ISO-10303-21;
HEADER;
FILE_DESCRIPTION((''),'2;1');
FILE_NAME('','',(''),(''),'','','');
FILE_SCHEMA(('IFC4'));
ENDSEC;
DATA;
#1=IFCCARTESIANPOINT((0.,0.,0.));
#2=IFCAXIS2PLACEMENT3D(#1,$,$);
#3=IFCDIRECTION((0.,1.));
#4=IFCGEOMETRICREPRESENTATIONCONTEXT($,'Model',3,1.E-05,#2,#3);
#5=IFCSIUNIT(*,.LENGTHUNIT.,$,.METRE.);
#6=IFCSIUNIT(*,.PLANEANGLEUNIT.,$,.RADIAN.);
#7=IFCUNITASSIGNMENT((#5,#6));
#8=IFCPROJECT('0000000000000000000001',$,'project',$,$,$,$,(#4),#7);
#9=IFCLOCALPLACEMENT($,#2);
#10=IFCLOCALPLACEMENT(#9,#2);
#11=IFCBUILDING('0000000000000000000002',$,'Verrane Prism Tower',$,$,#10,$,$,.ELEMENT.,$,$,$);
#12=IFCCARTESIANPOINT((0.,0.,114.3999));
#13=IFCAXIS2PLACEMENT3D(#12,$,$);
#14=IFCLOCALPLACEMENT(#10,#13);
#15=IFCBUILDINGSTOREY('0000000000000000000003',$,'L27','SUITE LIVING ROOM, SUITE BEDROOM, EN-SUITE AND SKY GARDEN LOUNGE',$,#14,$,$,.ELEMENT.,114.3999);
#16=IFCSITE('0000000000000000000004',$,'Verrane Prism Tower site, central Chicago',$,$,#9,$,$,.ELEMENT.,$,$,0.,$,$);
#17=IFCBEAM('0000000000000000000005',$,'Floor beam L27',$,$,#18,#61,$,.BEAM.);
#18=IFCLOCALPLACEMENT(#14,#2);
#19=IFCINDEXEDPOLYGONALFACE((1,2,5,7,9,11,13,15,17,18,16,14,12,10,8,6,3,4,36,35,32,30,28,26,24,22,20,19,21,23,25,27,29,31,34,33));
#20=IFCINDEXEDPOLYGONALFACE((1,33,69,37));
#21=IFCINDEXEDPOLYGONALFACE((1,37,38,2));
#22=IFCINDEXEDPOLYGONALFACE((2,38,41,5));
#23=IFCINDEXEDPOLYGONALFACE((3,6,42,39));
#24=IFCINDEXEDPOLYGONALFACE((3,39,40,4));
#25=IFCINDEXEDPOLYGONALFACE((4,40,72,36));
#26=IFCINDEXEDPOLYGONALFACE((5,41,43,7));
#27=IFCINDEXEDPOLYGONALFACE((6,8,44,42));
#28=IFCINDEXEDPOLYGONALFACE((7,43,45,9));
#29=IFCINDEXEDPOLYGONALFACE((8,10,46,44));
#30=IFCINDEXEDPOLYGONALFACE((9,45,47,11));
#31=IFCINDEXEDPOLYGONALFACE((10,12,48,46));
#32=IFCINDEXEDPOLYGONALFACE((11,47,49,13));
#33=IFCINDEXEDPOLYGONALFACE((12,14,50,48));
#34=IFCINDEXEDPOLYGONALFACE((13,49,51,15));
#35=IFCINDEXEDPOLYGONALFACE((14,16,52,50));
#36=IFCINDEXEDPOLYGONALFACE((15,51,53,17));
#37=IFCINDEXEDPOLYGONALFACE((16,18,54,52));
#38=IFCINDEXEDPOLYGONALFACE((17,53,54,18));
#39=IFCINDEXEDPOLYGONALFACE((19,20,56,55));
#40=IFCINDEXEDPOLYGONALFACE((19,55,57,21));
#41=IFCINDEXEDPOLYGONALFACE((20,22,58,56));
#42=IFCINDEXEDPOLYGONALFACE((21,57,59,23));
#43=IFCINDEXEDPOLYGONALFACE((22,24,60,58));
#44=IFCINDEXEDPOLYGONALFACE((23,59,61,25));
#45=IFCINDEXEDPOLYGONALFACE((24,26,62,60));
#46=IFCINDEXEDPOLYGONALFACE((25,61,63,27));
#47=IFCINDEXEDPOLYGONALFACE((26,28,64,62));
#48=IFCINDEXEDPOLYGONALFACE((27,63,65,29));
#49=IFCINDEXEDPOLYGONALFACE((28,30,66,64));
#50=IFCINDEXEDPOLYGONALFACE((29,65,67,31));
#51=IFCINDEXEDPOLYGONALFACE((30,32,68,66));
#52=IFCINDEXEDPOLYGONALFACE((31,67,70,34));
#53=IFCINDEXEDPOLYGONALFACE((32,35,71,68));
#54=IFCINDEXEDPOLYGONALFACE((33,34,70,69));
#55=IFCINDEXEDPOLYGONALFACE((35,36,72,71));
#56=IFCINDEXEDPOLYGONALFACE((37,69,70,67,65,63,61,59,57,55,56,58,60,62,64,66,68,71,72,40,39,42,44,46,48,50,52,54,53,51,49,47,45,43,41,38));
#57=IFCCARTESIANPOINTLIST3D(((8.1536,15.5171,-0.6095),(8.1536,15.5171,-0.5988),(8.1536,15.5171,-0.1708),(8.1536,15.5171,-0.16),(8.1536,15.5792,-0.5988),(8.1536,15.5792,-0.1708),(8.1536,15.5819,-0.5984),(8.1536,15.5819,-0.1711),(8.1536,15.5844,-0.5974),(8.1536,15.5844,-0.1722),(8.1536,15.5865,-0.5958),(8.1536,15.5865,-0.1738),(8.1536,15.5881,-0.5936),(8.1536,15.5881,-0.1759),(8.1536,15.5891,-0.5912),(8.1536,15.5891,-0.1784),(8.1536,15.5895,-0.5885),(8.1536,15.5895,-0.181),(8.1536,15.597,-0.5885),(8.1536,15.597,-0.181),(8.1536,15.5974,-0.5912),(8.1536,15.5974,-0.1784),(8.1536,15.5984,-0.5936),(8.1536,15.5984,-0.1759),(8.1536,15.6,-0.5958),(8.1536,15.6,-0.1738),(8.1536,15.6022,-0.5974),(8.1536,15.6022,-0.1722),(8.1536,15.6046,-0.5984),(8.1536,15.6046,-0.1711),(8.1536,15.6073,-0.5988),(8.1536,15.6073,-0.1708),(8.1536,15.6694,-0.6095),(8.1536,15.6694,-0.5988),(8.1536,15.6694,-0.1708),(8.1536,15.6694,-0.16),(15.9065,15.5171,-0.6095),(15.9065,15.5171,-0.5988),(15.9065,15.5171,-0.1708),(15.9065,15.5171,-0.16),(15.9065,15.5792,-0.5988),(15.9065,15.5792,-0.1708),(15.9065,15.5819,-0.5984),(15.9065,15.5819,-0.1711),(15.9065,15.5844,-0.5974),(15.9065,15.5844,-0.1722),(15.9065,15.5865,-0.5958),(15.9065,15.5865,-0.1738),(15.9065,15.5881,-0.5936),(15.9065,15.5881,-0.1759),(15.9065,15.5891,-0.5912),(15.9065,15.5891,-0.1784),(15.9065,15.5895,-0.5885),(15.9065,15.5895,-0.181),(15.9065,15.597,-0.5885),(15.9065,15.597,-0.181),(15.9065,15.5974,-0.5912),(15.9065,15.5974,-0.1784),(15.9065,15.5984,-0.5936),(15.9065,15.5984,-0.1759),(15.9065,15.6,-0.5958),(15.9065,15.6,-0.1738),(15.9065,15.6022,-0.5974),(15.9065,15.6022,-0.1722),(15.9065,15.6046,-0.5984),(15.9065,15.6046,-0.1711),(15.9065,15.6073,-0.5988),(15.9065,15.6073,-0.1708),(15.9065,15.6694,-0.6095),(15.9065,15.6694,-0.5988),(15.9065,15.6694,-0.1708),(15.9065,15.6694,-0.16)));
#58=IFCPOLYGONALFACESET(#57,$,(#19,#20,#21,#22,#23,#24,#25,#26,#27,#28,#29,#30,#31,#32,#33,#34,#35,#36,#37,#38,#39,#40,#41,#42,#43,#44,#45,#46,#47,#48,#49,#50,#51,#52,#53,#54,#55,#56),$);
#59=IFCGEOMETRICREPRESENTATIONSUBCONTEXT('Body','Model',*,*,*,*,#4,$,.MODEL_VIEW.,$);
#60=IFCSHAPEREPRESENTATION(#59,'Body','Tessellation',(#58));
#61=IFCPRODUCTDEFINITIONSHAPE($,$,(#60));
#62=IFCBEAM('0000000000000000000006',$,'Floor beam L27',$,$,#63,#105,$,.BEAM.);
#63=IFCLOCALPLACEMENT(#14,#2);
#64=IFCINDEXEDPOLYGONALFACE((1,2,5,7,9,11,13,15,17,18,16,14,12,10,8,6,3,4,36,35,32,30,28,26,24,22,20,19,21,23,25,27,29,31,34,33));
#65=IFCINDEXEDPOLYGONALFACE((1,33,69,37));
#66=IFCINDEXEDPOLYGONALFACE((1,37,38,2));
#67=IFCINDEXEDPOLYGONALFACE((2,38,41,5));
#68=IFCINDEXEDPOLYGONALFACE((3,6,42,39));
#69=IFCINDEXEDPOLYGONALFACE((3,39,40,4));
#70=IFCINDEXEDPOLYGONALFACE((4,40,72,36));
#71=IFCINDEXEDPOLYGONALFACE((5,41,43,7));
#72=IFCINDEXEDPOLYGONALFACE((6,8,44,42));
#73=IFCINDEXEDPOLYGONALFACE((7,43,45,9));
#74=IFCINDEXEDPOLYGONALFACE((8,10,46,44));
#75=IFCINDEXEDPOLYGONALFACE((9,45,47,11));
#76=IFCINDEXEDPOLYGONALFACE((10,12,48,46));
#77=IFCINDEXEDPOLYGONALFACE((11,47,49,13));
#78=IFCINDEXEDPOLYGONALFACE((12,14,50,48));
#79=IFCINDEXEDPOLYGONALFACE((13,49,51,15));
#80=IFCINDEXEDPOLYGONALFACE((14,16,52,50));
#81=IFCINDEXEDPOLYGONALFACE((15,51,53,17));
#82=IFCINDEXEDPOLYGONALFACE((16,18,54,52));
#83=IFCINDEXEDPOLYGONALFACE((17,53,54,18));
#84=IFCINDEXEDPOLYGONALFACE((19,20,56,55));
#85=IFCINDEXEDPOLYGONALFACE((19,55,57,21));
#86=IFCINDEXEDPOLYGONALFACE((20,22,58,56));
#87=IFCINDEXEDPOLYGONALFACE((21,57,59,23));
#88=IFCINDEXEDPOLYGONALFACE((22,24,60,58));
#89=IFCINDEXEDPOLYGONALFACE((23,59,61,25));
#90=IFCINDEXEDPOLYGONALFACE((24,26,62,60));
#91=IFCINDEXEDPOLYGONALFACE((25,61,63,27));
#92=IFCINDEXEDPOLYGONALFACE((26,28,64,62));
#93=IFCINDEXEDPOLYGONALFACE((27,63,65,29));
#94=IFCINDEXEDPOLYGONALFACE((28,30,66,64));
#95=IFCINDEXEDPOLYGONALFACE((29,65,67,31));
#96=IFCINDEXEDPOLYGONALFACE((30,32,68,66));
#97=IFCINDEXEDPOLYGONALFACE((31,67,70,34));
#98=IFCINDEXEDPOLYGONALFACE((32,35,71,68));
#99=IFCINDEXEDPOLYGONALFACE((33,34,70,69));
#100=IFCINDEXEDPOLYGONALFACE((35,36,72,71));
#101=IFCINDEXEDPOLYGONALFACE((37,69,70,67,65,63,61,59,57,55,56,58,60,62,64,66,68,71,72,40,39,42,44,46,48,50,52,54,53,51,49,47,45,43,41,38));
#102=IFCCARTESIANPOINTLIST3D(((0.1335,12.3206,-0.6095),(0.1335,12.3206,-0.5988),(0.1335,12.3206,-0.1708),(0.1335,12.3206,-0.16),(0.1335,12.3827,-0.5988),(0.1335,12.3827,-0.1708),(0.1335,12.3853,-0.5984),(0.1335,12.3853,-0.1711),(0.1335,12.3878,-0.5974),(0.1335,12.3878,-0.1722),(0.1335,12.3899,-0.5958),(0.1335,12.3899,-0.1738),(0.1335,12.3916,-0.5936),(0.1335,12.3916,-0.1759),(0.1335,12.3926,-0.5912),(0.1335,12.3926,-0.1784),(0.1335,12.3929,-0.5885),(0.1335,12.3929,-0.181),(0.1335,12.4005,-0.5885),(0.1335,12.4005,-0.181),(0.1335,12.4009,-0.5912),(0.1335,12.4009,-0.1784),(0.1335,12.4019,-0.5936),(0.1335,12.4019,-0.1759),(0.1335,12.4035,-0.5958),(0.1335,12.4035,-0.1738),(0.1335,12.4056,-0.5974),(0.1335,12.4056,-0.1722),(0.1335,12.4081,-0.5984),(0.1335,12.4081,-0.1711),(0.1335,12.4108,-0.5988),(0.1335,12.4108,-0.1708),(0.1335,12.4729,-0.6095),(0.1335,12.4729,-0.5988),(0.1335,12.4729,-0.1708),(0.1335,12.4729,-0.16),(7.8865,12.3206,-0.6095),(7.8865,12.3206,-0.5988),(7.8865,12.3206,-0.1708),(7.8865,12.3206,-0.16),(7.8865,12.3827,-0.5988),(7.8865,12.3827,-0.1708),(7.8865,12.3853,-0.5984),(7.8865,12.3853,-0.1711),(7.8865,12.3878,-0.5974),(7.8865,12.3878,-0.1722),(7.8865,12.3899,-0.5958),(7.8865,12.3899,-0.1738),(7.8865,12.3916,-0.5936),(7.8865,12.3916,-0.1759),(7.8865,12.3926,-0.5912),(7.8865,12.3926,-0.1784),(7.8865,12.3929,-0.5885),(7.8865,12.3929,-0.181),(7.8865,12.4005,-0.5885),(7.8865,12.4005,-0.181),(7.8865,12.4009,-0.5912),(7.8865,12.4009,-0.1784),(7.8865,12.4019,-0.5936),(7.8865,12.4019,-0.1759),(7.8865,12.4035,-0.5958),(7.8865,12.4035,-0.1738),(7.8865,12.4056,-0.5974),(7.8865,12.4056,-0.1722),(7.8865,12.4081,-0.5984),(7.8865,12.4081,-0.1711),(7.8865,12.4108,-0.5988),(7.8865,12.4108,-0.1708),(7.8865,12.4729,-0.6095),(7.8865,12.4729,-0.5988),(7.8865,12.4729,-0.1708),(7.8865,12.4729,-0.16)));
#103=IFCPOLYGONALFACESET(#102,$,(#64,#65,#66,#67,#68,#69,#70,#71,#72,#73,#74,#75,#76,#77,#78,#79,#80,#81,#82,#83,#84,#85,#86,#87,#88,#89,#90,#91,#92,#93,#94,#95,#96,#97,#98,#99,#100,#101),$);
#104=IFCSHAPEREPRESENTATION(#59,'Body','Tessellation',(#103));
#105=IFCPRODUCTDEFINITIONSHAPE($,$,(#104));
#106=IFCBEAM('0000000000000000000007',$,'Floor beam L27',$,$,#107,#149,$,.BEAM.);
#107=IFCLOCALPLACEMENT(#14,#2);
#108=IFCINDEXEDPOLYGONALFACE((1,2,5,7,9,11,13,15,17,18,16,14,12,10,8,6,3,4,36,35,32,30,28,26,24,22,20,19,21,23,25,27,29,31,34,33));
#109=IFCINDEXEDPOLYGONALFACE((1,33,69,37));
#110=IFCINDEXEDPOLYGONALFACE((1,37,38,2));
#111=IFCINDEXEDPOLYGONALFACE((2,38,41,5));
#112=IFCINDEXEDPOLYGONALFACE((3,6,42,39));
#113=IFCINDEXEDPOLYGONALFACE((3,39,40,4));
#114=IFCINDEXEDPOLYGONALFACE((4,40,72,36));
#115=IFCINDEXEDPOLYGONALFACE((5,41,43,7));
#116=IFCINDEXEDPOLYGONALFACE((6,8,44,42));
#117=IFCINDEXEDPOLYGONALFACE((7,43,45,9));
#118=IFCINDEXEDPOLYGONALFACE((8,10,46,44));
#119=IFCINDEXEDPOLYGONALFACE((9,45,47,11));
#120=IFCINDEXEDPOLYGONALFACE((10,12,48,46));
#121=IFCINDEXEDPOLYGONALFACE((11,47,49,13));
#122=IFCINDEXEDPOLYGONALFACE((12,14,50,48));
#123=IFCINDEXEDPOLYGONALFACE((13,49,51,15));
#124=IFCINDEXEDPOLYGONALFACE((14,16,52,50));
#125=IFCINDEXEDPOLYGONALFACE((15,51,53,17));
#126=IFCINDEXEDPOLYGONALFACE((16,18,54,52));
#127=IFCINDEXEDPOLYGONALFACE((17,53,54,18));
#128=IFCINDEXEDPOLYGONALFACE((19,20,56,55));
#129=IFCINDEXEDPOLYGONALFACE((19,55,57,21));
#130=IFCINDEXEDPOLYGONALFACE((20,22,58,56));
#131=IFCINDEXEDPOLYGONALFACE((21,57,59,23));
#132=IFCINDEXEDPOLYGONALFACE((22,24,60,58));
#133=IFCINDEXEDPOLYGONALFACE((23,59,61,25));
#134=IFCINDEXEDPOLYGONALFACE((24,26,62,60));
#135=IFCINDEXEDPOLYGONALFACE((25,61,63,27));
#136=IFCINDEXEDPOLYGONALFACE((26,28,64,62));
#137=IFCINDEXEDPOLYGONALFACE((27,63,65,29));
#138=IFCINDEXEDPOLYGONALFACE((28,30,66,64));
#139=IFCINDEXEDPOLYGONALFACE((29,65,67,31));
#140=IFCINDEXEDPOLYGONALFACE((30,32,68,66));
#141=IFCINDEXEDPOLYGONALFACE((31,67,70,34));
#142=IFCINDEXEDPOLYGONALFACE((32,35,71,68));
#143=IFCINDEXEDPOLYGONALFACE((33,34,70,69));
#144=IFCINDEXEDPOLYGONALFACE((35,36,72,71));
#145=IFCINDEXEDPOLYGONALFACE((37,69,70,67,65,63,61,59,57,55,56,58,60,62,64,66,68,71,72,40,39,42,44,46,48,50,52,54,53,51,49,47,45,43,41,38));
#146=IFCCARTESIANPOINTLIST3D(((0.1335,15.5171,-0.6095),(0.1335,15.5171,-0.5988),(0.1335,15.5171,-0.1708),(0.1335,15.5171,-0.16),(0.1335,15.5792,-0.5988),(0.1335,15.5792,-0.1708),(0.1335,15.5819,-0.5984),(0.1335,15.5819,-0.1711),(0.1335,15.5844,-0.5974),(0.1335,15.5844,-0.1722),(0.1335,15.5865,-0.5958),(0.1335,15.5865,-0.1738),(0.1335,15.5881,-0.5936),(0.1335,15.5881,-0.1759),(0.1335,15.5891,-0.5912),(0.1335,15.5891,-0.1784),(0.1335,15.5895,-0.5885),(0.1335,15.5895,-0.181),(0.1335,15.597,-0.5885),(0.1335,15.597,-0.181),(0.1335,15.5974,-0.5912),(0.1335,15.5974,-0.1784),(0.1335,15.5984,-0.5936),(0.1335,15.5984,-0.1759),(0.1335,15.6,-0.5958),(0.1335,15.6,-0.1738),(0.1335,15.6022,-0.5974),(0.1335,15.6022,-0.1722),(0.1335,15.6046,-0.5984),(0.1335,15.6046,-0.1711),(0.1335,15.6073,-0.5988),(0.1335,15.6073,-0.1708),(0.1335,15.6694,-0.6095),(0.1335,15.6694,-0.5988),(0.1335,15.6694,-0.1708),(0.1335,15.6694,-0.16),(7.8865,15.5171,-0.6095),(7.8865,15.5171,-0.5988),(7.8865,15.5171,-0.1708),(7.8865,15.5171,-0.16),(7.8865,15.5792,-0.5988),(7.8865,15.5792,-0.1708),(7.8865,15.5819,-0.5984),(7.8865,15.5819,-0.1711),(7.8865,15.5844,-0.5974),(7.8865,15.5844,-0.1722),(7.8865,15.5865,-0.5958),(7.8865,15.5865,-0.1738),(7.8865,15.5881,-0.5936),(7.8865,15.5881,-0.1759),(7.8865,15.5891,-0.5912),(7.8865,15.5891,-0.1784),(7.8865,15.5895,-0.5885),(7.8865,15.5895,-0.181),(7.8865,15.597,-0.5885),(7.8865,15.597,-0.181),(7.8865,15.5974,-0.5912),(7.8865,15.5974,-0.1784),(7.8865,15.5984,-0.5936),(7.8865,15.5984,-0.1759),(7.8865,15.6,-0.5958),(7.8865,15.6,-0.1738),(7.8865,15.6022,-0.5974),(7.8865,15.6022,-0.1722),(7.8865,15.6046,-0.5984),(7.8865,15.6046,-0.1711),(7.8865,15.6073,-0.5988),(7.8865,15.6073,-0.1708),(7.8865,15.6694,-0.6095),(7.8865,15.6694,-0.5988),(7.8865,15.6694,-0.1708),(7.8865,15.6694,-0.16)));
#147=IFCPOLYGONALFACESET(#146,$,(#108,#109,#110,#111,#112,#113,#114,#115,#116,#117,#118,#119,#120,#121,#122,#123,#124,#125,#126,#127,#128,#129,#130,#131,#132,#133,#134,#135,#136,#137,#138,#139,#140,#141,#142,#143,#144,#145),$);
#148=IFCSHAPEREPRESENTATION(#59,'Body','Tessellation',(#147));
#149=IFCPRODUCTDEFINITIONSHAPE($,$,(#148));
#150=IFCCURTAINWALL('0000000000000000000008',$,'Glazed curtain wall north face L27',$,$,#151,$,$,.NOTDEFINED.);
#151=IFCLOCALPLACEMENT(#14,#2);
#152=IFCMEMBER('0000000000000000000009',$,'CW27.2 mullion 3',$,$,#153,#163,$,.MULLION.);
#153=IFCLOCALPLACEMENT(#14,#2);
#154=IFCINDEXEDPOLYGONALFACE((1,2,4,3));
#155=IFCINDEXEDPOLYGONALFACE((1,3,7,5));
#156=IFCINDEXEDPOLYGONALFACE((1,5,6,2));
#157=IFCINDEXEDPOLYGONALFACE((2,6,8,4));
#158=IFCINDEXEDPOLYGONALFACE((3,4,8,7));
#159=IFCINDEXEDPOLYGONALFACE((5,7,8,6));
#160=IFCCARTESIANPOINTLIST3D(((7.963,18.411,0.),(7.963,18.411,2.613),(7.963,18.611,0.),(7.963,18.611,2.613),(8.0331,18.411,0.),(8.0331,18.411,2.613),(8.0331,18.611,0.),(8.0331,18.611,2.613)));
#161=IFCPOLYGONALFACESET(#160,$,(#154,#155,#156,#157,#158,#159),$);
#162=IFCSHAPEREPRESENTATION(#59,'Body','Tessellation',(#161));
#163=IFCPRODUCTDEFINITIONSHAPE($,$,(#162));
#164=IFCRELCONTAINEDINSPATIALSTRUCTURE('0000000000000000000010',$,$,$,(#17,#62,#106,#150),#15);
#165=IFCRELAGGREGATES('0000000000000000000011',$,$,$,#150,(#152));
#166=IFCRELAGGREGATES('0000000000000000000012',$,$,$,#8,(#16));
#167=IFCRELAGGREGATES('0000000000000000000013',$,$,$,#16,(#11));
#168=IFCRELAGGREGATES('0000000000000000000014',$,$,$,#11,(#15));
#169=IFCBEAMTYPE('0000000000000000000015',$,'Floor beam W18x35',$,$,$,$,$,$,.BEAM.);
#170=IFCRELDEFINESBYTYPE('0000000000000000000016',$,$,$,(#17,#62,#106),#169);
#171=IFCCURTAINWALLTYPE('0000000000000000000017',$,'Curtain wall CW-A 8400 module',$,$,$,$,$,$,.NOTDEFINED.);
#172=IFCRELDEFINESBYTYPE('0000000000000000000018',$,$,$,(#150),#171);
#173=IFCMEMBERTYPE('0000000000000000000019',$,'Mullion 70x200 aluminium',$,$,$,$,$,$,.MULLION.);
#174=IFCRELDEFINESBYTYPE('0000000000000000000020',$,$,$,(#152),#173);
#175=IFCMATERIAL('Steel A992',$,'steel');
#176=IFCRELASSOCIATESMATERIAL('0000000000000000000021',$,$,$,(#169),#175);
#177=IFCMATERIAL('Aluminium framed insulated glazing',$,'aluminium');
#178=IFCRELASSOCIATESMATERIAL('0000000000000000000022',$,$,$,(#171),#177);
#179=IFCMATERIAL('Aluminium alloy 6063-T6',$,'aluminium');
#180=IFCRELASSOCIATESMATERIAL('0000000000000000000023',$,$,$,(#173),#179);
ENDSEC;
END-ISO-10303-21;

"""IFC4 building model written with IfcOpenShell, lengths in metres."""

from ifc_helpers import new_model, si_unit, direction, frame, origin, origin_2d, place, context, subcontext, project, spatial, rectangle, i_section, extrude, material, material_profile, profile_set, type_object, element, aggregate, save


model = new_model("IFC4")

# Units and contexts
model_context = context("Model", 3, precision=1e-05, world=origin(), true_north=direction((0.0, 1.0)))
body_context = subcontext(model_context, "Body", "Model", "MODEL_VIEW")
ifc_project = project(units=[si_unit("LENGTHUNIT", "METRE"), si_unit("PLANEANGLEUNIT", "RADIAN")], contexts=[model_context])

# Site, building, storey
site_placement = place(None, origin())
site = spatial("IfcSite", under=ifc_project, at=site_placement, Name="Verrane Prism Tower site, central Chicago", CompositionType="ELEMENT", RefElevation=0.0)
building_placement = place(site_placement, origin())
building = spatial("IfcBuilding", under=site, at=building_placement, Name="Verrane Prism Tower", CompositionType="ELEMENT")
storey_placement = place(building_placement, frame((0.0, 0.0, 114.3999)))
storey = spatial("IfcBuildingStorey", under=building, at=storey_placement, Name="L27", Description="SUITE LIVING ROOM, SUITE BEDROOM, EN-SUITE AND SKY GARDEN LOUNGE", CompositionType="ELEMENT", Elevation=114.3999)

# Beams
ifc_material_1 = material(Name="Steel A992", Category="steel")
ifc_material_profile_1 = material_profile(ifc_material_1, i_section(OverallWidth=0.1523, OverallDepth=0.4495, WebThickness=0.0076, FlangeThickness=0.0107, FilletRadius=0.0103, at=origin_2d()), Name="W18x35")
ifc_profile_set_1 = profile_set([ifc_material_profile_1], Name="Steel A992")
beam_type_1 = type_object("IfcBeamType", Name="Floor beam W18x35", PredefinedType="BEAM", material=ifc_profile_set_1)
for number, where, z_axis, x_axis, name in (
    (1, (8.1536, 15.5933, -0.3848), (1.0, 0.0, 0.0), (0.0, 1.0, 0.0), "Floor beam L27"),
    (2, (0.1335, 12.3967, -0.3848), (1.0, 0.0, 0.0), (0.0, 1.0, 0.0), "Floor beam L27"),
    (3, (0.1335, 15.5933, -0.3848), (1.0, 0.0, 0.0), (0.0, 1.0, 0.0), "Floor beam L27"),
):
    element("IfcBeam", number, at=place(storey_placement, frame(where, z_axis=z_axis, x_axis=x_axis)), inside=storey, type_object=beam_type_1, Name=name, PredefinedType="BEAM", context=body_context, shape_type="SweptSolid", body=[
        extrude(i_section(OverallWidth=0.1523, OverallDepth=0.4495, WebThickness=0.0076, FlangeThickness=0.0107, FilletRadius=0.0103, at=origin_2d()), origin(), (0.0, 0.0, 1.0), 7.7529),
    ])

# Curtain wall, member
ifc_material_2 = material(Name="Aluminium framed insulated glazing", Category="aluminium")
curtain_wall_type = type_object("IfcCurtainWallType", Name="Curtain wall CW-A 8400 module", PredefinedType="NOTDEFINED", material=ifc_material_2)
curtain_wall_placement = place(storey_placement, origin())
curtain_wall = element("IfcCurtainWall", 4, at=curtain_wall_placement, inside=storey, type_object=curtain_wall_type, Name="Glazed curtain wall north face L27", PredefinedType="NOTDEFINED")
ifc_material_3 = material(Name="Aluminium alloy 6063-T6", Category="aluminium")
ifc_material_profile_2 = material_profile(ifc_material_3, rectangle(XDim=0.2, YDim=0.0701, at=origin_2d()), Name="Mullion 70x200 aluminium")
ifc_profile_set_2 = profile_set([ifc_material_profile_2], Name="Aluminium alloy 6063-T6")
member_type_1 = type_object("IfcMemberType", Name="Mullion 70x200 aluminium", PredefinedType="MULLION", material=ifc_profile_set_2)
member_1_placement = place(storey_placement, frame((7.998, 18.511, 0.0), z_axis=(0.0, 0.0, 1.0), x_axis=(0.0, -1.0, 0.0)))
member_1 = element("IfcMember", 5, at=member_1_placement, type_object=member_type_1, Name="CW27.2 mullion 3", PredefinedType="MULLION", context=body_context, shape_type="SweptSolid", body=[
    extrude(rectangle(XDim=0.2, YDim=0.0701, at=origin_2d()), origin(), (0.0, 0.0, 1.0), 2.613),
])

aggregate(curtain_wall, [member_1])

save(model, "model.ifc")
